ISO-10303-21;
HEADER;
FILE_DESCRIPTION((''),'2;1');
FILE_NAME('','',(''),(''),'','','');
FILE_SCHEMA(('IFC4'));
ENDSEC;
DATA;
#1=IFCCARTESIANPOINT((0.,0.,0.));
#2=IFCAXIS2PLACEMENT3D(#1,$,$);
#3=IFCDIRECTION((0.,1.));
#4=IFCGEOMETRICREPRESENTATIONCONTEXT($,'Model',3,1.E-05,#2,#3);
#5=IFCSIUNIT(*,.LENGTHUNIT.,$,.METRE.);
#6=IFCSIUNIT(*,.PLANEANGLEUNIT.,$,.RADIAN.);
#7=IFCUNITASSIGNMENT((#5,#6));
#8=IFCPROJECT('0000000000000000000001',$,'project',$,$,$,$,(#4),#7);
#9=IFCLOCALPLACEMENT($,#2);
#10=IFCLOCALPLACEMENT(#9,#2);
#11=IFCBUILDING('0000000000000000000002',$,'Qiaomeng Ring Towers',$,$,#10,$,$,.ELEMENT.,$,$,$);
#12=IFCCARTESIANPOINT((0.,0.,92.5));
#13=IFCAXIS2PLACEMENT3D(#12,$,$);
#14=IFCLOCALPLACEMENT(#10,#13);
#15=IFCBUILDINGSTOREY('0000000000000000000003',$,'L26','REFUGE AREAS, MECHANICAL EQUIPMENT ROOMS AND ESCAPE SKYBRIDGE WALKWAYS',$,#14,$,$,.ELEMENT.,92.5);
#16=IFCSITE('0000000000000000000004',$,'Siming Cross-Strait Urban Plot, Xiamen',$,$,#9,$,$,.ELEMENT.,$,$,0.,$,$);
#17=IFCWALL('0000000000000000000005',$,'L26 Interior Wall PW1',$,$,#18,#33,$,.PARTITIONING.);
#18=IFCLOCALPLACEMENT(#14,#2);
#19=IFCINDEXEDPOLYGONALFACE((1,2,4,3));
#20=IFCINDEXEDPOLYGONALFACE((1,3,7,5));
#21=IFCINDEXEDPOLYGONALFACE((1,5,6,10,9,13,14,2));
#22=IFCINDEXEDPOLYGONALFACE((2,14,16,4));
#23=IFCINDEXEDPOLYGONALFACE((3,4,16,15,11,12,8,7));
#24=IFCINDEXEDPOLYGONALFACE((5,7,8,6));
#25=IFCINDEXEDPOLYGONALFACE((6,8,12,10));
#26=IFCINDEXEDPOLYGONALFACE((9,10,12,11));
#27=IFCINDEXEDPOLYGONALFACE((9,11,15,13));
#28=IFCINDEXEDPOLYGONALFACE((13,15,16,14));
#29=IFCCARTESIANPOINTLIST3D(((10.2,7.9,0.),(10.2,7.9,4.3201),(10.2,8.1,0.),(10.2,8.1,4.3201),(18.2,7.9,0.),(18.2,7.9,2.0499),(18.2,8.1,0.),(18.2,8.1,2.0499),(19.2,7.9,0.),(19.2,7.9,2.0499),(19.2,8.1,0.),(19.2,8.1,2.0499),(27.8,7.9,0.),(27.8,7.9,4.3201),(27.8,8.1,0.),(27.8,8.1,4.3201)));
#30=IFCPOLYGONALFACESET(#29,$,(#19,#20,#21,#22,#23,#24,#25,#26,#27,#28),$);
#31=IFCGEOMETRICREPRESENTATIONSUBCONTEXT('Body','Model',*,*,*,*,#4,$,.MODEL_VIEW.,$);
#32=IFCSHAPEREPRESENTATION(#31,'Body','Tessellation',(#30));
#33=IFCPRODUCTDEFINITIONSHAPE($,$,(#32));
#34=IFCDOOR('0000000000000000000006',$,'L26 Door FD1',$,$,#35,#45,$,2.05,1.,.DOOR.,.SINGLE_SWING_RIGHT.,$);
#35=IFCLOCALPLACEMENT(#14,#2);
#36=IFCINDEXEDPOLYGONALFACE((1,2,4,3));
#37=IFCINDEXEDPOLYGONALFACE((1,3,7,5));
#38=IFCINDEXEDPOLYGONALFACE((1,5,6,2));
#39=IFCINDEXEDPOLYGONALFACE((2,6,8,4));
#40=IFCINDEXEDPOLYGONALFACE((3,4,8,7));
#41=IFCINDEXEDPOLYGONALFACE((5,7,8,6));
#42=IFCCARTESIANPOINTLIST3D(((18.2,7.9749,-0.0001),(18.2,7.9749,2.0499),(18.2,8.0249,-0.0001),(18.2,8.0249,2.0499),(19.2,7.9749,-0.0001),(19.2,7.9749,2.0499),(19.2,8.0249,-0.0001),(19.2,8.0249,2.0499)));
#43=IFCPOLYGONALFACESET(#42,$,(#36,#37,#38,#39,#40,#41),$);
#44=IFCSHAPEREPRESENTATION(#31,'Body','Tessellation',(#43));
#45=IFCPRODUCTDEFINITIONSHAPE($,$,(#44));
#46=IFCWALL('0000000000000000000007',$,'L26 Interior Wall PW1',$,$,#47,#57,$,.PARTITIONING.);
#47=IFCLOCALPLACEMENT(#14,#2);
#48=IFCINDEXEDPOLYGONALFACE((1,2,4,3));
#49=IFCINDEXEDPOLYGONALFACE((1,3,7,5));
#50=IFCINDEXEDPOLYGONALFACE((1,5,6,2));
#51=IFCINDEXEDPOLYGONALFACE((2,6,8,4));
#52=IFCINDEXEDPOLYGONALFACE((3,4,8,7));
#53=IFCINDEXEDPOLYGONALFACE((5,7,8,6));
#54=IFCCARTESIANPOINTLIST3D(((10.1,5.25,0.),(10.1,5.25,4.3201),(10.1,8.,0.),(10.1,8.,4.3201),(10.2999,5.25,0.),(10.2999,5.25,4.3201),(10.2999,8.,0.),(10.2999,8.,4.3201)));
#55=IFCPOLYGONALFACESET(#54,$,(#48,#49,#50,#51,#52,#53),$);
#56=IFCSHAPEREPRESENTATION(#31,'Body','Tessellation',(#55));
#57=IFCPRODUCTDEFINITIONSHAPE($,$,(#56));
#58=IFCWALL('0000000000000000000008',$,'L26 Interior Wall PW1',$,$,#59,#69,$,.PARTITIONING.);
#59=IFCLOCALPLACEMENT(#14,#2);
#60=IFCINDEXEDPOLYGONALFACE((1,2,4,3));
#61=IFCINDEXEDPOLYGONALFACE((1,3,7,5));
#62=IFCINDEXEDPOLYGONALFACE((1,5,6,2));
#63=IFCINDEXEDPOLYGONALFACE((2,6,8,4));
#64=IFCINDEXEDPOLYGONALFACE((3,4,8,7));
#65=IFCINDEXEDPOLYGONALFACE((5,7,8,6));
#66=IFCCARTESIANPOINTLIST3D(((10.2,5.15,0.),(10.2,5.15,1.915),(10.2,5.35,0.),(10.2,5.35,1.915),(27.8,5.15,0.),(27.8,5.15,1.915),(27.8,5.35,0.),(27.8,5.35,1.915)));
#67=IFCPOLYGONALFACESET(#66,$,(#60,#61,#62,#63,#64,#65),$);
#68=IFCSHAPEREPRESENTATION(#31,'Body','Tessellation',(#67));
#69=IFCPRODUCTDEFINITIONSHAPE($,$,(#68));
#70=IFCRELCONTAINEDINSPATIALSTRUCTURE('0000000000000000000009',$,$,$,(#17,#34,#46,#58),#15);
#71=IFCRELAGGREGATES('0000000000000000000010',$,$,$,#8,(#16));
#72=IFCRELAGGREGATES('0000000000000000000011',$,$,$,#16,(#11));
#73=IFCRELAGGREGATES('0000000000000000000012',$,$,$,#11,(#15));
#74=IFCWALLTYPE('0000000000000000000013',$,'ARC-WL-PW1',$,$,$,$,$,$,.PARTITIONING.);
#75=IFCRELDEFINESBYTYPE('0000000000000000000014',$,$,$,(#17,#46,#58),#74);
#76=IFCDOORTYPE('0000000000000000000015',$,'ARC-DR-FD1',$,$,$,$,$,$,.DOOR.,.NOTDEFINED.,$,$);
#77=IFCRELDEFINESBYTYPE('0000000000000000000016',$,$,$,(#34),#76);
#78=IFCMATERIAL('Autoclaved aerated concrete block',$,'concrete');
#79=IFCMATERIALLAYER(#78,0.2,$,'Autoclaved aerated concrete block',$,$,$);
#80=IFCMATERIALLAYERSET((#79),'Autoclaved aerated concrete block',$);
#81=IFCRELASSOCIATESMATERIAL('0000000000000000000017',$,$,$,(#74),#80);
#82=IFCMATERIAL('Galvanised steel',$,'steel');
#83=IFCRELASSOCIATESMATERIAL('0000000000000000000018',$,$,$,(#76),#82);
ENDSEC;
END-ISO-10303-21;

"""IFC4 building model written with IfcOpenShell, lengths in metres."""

from ifc_helpers import new_model, si_unit, direction, frame, frame_2d, origin, place, context, subcontext, project, spatial, rectangle, extrude, source, transform, mapped, material, layer, layer_set, type_object, element, fill, save


model = new_model("IFC4")

# Units and contexts
model_context = context("Model", 3, precision=1e-05, world=origin(), true_north=direction((0.0, 1.0)))
body_context = subcontext(model_context, "Body", "Model", "MODEL_VIEW")
ifc_project = project(units=[si_unit("LENGTHUNIT", "METRE"), si_unit("PLANEANGLEUNIT", "RADIAN")], contexts=[model_context])

# Site, building, storey
site_placement = place(None, origin())
site = spatial("IfcSite", under=ifc_project, at=site_placement, Name="Siming Cross-Strait Urban Plot, Xiamen", CompositionType="ELEMENT", RefElevation=0.0)
building_placement = place(site_placement, origin())
building = spatial("IfcBuilding", under=site, at=building_placement, Name="Qiaomeng Ring Towers", CompositionType="ELEMENT")
storey_placement = place(building_placement, frame((0.0, 0.0, 92.5)))
storey = spatial("IfcBuildingStorey", under=building, at=storey_placement, Name="L26", Description="REFUGE AREAS, MECHANICAL EQUIPMENT ROOMS AND ESCAPE SKYBRIDGE WALKWAYS", CompositionType="ELEMENT", Elevation=92.5)

# Wall, opening, door
ifc_material_1 = material(Name="Autoclaved aerated concrete block", Category="concrete")
ifc_layer_1 = layer(ifc_material_1, 0.2, Name="Autoclaved aerated concrete block")
ifc_layer_set_1 = layer_set([ifc_layer_1], Name="Autoclaved aerated concrete block")
wall_type = type_object("IfcWallType", Name="ARC-WL-PW1", PredefinedType="PARTITIONING", material=ifc_layer_set_1)
wall_1_placement = place(storey_placement, frame((10.2, 8.0, 0.0), z_axis=(0.0, 0.0, 1.0), x_axis=(1.0, 0.0, 0.0)))
wall_1 = element("IfcWall", 1, at=wall_1_placement, inside=storey, type_object=wall_type, Name="L26 Interior Wall PW1", PredefinedType="PARTITIONING", context=body_context, shape_type="SweptSolid", body=[
    extrude(rectangle(XDim=17.6001, YDim=0.2, at=frame_2d((8.8, 0.0))), origin(), (0.0, 0.0, 1.0), 4.3201),
])
opening_1_placement = place(wall_1_placement, frame((8.0, 0.0, 0.0)))
opening_1 = element("IfcOpeningElement", 2, at=opening_1_placement, cuts=wall_1, PredefinedType="OPENING", context=body_context, shape_type="SweptSolid", body=[
    extrude(rectangle(XDim=1.0, YDim=2.05, at=frame_2d((0.5, 1.0249))), frame((0.0, 0.1099, 0.0), z_axis=(0.0, -1.0, 0.0), x_axis=(1.0, 0.0, 0.0)), (0.0, 0.0, 1.0), 0.22),
])
ifc_material_2 = material(Name="Galvanised steel", Category="steel")
door_type = type_object("IfcDoorType", Name="ARC-DR-FD1", OperationType="NOTDEFINED", PredefinedType="DOOR", material=ifc_material_2)
shared_shape_1 = source(origin(), body_context, "Body", "SweptSolid", [
    extrude(rectangle(XDim=1.0, YDim=2.05, at=frame_2d((0.5, 1.0249))), frame((0.0, 0.0249, 0.0), z_axis=(0.0, -1.0, 0.0), x_axis=(1.0, 0.0, 0.0)), (0.0, 0.0, 1.0), 0.05),
])
door_placement = place(opening_1_placement, origin())
door = element("IfcDoor", 3, at=door_placement, inside=storey, type_object=door_type, Name="L26 Door FD1", OperationType="SINGLE_SWING_RIGHT", OverallHeight=2.05, OverallWidth=1.0, PredefinedType="DOOR", context=body_context, shape_type="MappedRepresentation", body=[
    mapped(shared_shape_1, transform((0.0, 0.0, 0.0), x_axis=(1.0, 0.0, 0.0), y_axis=(0.0, 1.0, 0.0), z_axis=(0.0, 0.0, 1.0), scale=1.0)),
])
fill(opening_1, door)

# Walls
wall_2_placement = place(storey_placement, frame((10.2, 5.25, 0.0), z_axis=(0.0, 0.0, 1.0), x_axis=(0.0, 1.0, 0.0)))
element("IfcWall", 4, at=wall_2_placement, inside=storey, type_object=wall_type, Name="L26 Interior Wall PW1", PredefinedType="PARTITIONING", context=body_context, shape_type="SweptSolid", body=[
    extrude(rectangle(XDim=2.75, YDim=0.2, at=frame_2d((1.375, 0.0))), origin(), (0.0, 0.0, 1.0), 4.3201),
])
wall_3_placement = place(storey_placement, frame((10.2, 5.25, 0.0), z_axis=(0.0, 0.0, 1.0), x_axis=(1.0, 0.0, 0.0)))
element("IfcWall", 5, at=wall_3_placement, inside=storey, type_object=wall_type, Name="L26 Interior Wall PW1", PredefinedType="PARTITIONING", context=body_context, shape_type="SweptSolid", body=[
    extrude(rectangle(XDim=17.6001, YDim=0.2, at=frame_2d((8.8, 0.0))), origin(), (0.0, 0.0, 1.0), 1.915),
])

save(model, "model.ifc")
